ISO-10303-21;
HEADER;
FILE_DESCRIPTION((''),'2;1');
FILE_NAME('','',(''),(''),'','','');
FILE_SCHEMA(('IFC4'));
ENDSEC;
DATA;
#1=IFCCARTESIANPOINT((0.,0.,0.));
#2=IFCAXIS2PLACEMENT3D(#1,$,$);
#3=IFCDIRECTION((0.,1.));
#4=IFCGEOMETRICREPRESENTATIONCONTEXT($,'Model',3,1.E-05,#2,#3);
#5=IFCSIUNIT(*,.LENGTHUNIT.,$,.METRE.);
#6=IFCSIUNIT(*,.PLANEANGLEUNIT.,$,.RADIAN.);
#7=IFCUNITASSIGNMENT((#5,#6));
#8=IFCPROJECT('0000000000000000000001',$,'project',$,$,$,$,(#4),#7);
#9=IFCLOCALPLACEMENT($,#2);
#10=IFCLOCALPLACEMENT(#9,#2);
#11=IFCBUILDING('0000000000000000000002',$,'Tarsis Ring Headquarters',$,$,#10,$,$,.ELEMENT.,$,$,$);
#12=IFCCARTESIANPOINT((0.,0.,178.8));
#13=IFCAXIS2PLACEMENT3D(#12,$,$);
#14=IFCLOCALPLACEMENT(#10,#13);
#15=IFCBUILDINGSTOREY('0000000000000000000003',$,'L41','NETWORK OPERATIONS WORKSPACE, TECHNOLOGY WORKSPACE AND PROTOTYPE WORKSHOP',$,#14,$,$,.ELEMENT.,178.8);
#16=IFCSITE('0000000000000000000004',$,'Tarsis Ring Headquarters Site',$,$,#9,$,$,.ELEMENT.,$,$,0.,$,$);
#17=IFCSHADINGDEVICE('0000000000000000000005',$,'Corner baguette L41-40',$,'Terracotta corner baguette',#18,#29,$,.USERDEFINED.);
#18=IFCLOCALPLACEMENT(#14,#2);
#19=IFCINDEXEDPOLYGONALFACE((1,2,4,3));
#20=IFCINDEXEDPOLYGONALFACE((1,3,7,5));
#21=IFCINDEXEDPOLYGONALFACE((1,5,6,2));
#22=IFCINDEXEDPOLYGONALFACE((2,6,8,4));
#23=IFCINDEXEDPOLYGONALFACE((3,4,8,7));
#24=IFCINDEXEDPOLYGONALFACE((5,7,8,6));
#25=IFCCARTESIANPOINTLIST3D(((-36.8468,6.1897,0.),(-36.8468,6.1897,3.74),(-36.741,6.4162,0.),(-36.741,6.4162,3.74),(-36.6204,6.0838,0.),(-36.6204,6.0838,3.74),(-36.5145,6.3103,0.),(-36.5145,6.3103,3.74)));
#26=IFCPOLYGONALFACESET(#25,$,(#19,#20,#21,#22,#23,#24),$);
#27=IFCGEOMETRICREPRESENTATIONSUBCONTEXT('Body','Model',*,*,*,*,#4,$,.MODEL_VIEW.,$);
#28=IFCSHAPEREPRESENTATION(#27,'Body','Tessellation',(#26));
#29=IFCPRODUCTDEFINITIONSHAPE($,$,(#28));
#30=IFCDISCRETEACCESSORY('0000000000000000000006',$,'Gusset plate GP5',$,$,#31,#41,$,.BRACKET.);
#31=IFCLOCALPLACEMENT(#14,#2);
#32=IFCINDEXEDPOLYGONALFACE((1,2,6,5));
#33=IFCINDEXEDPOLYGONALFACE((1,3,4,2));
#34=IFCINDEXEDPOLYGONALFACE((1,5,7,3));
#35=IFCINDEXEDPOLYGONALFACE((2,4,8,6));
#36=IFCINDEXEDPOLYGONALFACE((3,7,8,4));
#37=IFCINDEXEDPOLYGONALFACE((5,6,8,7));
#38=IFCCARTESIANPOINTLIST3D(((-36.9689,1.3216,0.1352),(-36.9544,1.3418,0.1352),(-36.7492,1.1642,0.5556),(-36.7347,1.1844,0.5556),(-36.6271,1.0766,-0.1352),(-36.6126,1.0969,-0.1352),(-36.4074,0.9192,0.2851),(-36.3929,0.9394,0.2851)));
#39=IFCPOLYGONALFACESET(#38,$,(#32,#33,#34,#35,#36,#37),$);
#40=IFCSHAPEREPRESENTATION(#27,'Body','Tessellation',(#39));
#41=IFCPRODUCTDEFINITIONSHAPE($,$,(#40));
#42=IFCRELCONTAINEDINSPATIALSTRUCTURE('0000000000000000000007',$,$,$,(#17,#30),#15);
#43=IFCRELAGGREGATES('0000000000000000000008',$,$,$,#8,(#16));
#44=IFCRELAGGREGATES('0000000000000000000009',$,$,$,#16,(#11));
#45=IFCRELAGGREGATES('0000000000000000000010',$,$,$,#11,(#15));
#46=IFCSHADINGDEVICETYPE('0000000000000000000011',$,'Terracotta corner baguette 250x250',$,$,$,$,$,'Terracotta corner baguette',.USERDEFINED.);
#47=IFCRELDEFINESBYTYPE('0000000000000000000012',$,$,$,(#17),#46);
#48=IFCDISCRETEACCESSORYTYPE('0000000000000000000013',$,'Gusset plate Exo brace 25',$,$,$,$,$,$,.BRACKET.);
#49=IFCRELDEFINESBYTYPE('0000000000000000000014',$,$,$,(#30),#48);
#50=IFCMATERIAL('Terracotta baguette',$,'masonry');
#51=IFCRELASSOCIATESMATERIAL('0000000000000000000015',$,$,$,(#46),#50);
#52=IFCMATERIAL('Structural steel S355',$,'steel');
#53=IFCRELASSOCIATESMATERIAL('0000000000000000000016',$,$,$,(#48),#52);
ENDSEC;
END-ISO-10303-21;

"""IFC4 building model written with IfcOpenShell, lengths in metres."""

from ifc_helpers import new_model, si_unit, direction, frame, origin, origin_2d, place, context, subcontext, project, spatial, rectangle, extrude, material, material_profile, profile_set, type_object, element, save


model = new_model("IFC4")

# Units and contexts
model_context = context("Model", 3, precision=1e-05, world=origin(), true_north=direction((0.0, 1.0)))
body_context = subcontext(model_context, "Body", "Model", "MODEL_VIEW")
ifc_project = project(units=[si_unit("LENGTHUNIT", "METRE"), si_unit("PLANEANGLEUNIT", "RADIAN")], contexts=[model_context])

# Site, building, storey
site_placement = place(None, origin())
site = spatial("IfcSite", under=ifc_project, at=site_placement, Name="Tarsis Ring Headquarters Site", CompositionType="ELEMENT", RefElevation=0.0)
building_placement = place(site_placement, origin())
building = spatial("IfcBuilding", under=site, at=building_placement, Name="Tarsis Ring Headquarters", CompositionType="ELEMENT")
storey_placement = place(building_placement, frame((0.0, 0.0, 178.8)))
storey = spatial("IfcBuildingStorey", under=building, at=storey_placement, Name="L41", Description="NETWORK OPERATIONS WORKSPACE, TECHNOLOGY WORKSPACE AND PROTOTYPE WORKSHOP", CompositionType="ELEMENT", Elevation=178.8)

# Shared definitions
ifc_material_1 = material(Name="Structural steel S355", Category="steel")

# Shading device
ifc_material_2 = material(Name="Terracotta baguette", Category="masonry")
shading_device_type_1 = type_object("IfcShadingDeviceType", Name="Terracotta corner baguette 250x250", ElementType="Terracotta corner baguette", PredefinedType="USERDEFINED", material=ifc_material_2)
for number, where, z_axis, x_axis, name in (
    (1, (-36.6807, 6.25, 0.0), (0.0, 0.0, 1.0), (0.905865, -0.423567, 0.0), "Corner baguette L41-40"),
):
    element("IfcShadingDevice", number, at=place(storey_placement, frame(where, z_axis=z_axis, x_axis=x_axis)), inside=storey, type_object=shading_device_type_1, Name=name, ObjectType="Terracotta corner baguette", PredefinedType="USERDEFINED", context=body_context, shape_type="SweptSolid", body=[
        extrude(rectangle(XDim=0.25, YDim=0.25, at=origin_2d()), origin(), (0.0, 0.0, 1.0), 3.74),
    ])

# Discrete accessory
ifc_material_profile_1 = material_profile(ifc_material_1, rectangle(XDim=0.0249, YDim=0.5, at=origin_2d()), Name="PL 25x500")
ifc_profile_set_1 = profile_set([ifc_material_profile_1], Name="Structural steel S355")
discrete_accessory_type = type_object("IfcDiscreteAccessoryType", Name="Gusset plate Exo brace 25", PredefinedType="BRACKET", material=ifc_profile_set_1)
discrete_accessory_placement = place(storey_placement, frame((-36.7908, 1.2092, 0.0), z_axis=(0.43961, -0.315054, 0.841121), x_axis=(0.582519, 0.812817, 0.0)))
element("IfcDiscreteAccessory", 2, at=discrete_accessory_placement, inside=storey, type_object=discrete_accessory_type, Name="Gusset plate GP5", PredefinedType="BRACKET", context=body_context, shape_type="SweptSolid", body=[
    extrude(rectangle(XDim=0.0249, YDim=0.5, at=origin_2d()), origin(), (0.0, 0.0, 1.0), 0.4998),
])

save(model, "model.ifc")
